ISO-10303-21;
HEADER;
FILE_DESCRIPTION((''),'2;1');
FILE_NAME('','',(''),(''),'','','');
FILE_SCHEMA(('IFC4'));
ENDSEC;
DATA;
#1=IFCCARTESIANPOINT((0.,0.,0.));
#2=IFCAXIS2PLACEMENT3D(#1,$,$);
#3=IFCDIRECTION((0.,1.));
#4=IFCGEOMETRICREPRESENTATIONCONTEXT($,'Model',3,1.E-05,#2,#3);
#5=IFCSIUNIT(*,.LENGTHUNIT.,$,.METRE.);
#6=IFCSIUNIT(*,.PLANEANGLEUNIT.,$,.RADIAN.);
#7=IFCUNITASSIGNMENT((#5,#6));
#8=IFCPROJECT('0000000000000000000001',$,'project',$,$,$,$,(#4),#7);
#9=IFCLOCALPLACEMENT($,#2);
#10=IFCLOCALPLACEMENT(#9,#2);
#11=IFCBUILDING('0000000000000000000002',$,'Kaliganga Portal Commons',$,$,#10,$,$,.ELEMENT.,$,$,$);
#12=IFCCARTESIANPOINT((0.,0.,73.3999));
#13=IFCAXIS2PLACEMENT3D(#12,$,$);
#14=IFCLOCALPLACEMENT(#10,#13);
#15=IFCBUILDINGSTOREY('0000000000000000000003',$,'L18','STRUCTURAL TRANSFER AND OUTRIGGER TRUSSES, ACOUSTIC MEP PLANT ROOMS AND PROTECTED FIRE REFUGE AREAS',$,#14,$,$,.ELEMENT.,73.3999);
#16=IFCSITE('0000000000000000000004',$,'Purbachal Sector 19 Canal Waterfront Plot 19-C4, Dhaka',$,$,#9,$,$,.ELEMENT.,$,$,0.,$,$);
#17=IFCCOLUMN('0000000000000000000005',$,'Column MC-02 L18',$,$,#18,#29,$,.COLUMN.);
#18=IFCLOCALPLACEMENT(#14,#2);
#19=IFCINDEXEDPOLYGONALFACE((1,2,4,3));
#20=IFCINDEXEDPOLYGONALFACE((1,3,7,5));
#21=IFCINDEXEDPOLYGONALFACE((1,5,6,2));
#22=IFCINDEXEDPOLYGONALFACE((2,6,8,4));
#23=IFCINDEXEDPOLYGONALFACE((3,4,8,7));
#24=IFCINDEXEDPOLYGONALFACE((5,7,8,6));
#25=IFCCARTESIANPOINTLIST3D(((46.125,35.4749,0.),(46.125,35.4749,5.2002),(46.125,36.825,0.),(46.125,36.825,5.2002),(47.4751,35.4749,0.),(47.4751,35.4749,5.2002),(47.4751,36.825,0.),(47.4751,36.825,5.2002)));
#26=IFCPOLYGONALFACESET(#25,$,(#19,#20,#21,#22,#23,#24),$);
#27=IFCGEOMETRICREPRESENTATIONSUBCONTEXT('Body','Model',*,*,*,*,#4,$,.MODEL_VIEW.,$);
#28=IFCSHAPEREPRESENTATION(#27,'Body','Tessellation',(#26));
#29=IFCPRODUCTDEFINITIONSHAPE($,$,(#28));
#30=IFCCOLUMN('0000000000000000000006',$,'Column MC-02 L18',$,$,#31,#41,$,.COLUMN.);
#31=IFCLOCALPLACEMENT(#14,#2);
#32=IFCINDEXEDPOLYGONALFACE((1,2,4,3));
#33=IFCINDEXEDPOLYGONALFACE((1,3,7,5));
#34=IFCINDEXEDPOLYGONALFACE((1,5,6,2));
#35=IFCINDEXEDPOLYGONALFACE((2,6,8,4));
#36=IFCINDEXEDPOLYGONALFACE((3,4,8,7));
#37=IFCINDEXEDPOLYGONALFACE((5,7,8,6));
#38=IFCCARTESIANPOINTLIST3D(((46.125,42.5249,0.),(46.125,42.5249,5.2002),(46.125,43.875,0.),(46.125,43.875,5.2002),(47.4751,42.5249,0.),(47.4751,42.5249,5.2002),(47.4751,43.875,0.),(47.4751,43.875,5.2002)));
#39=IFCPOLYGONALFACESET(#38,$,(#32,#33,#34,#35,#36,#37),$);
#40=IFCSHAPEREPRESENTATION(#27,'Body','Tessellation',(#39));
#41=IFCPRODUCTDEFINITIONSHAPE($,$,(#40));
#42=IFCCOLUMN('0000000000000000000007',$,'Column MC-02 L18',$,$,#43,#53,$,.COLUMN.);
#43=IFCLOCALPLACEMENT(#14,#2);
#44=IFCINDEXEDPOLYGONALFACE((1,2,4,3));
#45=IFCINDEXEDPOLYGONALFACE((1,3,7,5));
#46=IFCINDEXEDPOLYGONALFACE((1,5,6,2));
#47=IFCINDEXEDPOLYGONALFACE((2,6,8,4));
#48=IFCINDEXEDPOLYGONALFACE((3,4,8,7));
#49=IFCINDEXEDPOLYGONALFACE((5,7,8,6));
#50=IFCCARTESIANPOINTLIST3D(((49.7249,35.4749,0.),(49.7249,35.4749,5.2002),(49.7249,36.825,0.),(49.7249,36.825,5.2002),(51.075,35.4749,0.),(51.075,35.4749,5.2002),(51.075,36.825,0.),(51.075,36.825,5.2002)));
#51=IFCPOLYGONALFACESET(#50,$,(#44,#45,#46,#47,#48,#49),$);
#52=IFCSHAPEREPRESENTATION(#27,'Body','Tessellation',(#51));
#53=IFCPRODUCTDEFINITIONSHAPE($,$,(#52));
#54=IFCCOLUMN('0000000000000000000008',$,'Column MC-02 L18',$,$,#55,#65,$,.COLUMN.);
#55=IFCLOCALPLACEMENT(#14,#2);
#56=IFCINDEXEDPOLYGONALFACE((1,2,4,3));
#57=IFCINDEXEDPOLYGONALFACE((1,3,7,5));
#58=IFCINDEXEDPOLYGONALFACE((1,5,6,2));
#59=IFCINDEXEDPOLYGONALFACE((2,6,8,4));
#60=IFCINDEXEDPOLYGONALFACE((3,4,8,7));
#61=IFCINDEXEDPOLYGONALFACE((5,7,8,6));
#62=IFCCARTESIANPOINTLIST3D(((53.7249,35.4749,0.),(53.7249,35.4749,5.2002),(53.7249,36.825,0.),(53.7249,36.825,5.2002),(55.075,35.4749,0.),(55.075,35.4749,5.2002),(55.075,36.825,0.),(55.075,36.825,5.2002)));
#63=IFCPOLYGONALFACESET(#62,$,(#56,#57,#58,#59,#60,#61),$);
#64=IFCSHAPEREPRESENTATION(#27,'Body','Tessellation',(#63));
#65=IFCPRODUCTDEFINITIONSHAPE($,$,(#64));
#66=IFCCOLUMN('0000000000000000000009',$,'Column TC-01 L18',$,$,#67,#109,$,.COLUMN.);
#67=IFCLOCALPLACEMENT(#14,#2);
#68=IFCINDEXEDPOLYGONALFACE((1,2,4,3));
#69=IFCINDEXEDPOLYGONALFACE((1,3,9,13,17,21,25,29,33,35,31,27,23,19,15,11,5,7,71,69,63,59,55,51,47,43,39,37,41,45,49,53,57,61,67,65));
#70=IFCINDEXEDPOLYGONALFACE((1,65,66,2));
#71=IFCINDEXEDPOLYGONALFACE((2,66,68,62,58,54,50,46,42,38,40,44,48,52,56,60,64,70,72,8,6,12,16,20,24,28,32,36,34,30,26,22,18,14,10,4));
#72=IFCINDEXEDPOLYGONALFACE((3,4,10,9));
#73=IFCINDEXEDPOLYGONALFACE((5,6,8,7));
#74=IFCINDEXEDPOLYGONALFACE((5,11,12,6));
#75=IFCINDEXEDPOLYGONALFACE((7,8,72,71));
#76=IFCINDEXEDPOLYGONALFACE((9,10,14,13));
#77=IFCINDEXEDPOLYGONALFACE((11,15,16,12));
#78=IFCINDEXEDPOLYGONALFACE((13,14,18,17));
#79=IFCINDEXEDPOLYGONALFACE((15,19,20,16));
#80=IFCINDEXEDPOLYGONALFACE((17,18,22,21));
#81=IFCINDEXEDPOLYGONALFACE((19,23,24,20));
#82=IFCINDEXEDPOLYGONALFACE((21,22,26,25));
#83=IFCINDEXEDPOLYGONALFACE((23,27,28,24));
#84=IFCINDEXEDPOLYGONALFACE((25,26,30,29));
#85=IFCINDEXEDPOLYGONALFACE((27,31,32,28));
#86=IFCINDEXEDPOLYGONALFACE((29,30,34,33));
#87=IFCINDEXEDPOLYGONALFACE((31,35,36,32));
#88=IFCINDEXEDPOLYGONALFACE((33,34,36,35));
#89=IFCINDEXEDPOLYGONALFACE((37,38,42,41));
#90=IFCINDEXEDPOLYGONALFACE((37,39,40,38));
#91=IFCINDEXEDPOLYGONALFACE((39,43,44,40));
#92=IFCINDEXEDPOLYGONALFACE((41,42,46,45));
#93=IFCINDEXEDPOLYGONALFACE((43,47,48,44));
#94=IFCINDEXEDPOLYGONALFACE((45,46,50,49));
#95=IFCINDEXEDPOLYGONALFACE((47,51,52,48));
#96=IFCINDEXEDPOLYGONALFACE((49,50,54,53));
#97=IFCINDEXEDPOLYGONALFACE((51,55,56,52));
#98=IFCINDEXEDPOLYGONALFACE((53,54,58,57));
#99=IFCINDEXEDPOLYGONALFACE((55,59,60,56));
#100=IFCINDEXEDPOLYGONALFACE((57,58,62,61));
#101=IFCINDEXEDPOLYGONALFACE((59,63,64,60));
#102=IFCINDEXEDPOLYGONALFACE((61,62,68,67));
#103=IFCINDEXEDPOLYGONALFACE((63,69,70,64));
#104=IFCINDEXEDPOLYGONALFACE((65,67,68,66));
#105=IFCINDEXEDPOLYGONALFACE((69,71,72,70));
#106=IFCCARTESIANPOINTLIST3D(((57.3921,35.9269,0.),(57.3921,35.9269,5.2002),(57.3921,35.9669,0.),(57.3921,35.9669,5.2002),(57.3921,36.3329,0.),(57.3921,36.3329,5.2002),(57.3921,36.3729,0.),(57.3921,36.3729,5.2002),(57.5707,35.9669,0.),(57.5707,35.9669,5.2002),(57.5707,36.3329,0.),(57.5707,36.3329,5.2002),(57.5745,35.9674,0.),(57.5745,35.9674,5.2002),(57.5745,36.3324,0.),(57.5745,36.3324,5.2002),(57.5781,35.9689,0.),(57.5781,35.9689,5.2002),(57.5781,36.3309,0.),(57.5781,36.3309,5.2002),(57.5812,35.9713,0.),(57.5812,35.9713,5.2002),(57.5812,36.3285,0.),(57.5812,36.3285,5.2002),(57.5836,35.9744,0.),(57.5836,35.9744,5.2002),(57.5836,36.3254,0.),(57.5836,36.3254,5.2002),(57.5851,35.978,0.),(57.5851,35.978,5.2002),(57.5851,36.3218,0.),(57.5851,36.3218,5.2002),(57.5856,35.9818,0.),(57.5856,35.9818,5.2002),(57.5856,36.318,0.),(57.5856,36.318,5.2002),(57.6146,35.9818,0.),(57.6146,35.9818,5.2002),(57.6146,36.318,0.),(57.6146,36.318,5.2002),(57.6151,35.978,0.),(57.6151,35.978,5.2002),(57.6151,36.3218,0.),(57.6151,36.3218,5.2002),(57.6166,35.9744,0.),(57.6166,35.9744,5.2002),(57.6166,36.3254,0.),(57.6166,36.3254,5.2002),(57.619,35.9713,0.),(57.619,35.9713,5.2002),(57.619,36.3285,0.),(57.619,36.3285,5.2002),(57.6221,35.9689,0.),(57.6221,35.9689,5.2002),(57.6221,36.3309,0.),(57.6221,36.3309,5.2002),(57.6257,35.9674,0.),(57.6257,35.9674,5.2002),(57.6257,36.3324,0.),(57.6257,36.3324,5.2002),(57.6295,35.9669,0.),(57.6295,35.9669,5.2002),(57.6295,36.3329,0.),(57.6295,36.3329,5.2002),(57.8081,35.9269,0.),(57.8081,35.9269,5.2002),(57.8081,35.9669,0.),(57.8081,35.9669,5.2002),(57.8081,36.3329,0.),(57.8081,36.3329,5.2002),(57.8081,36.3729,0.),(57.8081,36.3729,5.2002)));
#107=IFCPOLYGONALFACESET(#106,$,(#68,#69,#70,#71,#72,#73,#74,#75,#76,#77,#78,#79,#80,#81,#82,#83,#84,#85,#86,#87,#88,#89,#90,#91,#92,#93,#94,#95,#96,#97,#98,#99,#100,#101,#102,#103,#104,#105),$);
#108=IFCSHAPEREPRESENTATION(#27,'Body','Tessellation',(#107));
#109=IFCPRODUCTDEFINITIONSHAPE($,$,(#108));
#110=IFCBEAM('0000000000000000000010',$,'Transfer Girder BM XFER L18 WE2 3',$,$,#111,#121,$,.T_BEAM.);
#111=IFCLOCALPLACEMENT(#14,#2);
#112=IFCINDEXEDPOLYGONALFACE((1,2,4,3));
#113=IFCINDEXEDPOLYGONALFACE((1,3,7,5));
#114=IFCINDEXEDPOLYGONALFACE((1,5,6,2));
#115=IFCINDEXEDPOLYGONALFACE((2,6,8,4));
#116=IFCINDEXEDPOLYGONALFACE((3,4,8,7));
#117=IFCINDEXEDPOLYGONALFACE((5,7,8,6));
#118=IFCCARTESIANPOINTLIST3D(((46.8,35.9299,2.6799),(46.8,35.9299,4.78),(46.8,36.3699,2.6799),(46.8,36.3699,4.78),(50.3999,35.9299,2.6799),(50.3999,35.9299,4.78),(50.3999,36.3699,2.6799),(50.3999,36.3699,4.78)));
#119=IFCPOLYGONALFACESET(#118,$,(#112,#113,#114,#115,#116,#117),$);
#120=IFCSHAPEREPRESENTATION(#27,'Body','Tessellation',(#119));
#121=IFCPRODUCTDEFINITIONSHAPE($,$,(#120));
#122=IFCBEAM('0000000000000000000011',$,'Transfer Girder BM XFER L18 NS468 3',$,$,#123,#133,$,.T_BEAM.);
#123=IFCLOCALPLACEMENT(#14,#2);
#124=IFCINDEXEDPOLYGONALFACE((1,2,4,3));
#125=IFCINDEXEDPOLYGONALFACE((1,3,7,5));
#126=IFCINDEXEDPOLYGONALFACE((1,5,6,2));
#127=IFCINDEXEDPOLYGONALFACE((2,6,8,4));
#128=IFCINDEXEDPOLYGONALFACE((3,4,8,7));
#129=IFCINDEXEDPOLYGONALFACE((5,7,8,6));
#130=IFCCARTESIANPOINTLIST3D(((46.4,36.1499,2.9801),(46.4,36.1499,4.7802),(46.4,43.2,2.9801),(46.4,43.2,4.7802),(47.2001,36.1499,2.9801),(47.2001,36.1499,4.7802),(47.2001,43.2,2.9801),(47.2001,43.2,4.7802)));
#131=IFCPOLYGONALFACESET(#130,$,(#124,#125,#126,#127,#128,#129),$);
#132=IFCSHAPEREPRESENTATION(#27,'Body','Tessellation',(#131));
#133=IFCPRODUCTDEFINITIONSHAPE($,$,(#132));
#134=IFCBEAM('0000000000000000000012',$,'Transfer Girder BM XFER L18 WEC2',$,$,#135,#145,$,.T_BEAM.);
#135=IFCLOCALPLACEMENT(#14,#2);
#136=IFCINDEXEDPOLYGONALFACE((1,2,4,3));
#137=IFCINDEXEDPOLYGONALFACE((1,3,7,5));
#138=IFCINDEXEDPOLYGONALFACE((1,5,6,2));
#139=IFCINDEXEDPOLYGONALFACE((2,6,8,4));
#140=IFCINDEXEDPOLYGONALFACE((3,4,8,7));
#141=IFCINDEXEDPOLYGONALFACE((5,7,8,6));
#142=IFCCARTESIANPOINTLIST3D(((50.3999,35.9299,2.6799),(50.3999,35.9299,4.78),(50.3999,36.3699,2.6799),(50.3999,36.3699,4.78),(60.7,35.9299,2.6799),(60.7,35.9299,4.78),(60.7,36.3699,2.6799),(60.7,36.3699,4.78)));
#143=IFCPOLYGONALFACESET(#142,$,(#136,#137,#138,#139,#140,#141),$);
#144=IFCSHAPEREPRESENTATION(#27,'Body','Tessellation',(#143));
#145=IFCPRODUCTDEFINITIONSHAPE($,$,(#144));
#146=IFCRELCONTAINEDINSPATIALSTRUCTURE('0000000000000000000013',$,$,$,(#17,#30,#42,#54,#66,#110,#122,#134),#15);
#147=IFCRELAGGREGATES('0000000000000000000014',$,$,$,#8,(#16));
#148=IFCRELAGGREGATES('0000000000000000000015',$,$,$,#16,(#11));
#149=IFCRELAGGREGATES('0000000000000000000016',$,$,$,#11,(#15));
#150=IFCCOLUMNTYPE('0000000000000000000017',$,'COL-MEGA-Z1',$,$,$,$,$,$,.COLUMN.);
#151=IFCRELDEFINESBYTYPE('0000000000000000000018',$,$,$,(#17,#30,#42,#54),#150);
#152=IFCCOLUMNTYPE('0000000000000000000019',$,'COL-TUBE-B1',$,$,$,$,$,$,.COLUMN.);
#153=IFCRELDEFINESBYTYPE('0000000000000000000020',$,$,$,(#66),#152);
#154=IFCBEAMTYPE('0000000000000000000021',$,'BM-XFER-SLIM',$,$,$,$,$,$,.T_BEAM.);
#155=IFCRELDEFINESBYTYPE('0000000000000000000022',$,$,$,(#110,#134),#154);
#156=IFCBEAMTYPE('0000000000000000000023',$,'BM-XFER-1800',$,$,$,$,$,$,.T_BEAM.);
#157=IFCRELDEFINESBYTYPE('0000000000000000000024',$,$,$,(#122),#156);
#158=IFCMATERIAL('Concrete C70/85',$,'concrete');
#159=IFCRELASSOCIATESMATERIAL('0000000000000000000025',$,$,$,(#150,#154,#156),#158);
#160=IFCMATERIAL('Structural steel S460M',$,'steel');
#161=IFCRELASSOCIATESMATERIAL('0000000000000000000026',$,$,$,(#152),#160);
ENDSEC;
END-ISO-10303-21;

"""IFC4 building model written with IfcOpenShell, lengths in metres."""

from ifc_helpers import new_model, si_unit, direction, frame, origin, origin_2d, place, context, subcontext, project, spatial, rectangle, i_section, extrude, source, transform, mapped, material, material_profile, profile_set, type_object, element, save


model = new_model("IFC4")

# Units and contexts
model_context = context("Model", 3, precision=1e-05, world=origin(), true_north=direction((0.0, 1.0)))
body_context = subcontext(model_context, "Body", "Model", "MODEL_VIEW")
ifc_project = project(units=[si_unit("LENGTHUNIT", "METRE"), si_unit("PLANEANGLEUNIT", "RADIAN")], contexts=[model_context])

# Site, building, storey
site_placement = place(None, origin())
site = spatial("IfcSite", under=ifc_project, at=site_placement, Name="Purbachal Sector 19 Canal Waterfront Plot 19-C4, Dhaka", CompositionType="ELEMENT", RefElevation=0.0)
building_placement = place(site_placement, origin())
building = spatial("IfcBuilding", under=site, at=building_placement, Name="Kaliganga Portal Commons", CompositionType="ELEMENT")
storey_placement = place(building_placement, frame((0.0, 0.0, 73.3999)))
storey = spatial("IfcBuildingStorey", under=building, at=storey_placement, Name="L18", Description="STRUCTURAL TRANSFER AND OUTRIGGER TRUSSES, ACOUSTIC MEP PLANT ROOMS AND PROTECTED FIRE REFUGE AREAS", CompositionType="ELEMENT", Elevation=73.3999)

# Columns
ifc_material_1 = material(Name="Concrete C70/85", Category="concrete")
ifc_material_profile_1 = material_profile(ifc_material_1, rectangle(XDim=1.3501, YDim=1.3501, at=origin_2d()), Name="RC 1350x1350")
ifc_profile_set_1 = profile_set([ifc_material_profile_1], Name="Concrete C70/85")
column_type_1 = type_object("IfcColumnType", Name="COL-MEGA-Z1", PredefinedType="COLUMN", material=ifc_profile_set_1)
shared_shape_1 = source(origin(), body_context, "Body", "SweptSolid", [
    extrude(rectangle(XDim=1.3501, YDim=1.3501, at=origin_2d()), origin(), (0.0, 0.0, 1.0), 5.2002),
])
for number, where, z_axis, x_axis, name in (
    (1, (46.8, 36.1499, 0.0), (0.0, 0.0, 1.0), (1.0, 0.0, 0.0), "Column MC-02 L18"),
    (2, (46.8, 43.2, 0.0), (0.0, 0.0, 1.0), (1.0, 0.0, 0.0), "Column MC-02 L18"),
    (3, (50.3999, 36.1499, 0.0), (0.0, 0.0, 1.0), (1.0, 0.0, 0.0), "Column MC-02 L18"),
    (4, (54.3999, 36.1499, 0.0), (0.0, 0.0, 1.0), (1.0, 0.0, 0.0), "Column MC-02 L18"),
):
    element("IfcColumn", number, at=place(storey_placement, frame(where, z_axis=z_axis, x_axis=x_axis)), inside=storey, type_object=column_type_1, Name=name, PredefinedType="COLUMN", context=body_context, shape_type="MappedRepresentation", body=[
        mapped(shared_shape_1, transform((0.0, 0.0, 0.0), x_axis=(1.0, 0.0, 0.0), y_axis=(0.0, 1.0, 0.0), z_axis=(0.0, 0.0, 1.0), scale=1.0)),
    ])
ifc_material_2 = material(Name="Structural steel S460M", Category="steel")
ifc_material_profile_2 = material_profile(ifc_material_2, i_section(OverallWidth=0.416, OverallDepth=0.446, WebThickness=0.0291, FlangeThickness=0.04, FilletRadius=0.0149, at=origin_2d()), Name="HD 400x509")
ifc_profile_set_2 = profile_set([ifc_material_profile_2], Name="Structural steel S460M wide-flange")
column_type_2 = type_object("IfcColumnType", Name="COL-TUBE-B1", PredefinedType="COLUMN", material=ifc_profile_set_2)
shared_shape_2 = source(origin(), body_context, "Body", "SweptSolid", [
    extrude(i_section(OverallWidth=0.416, OverallDepth=0.446, WebThickness=0.0291, FlangeThickness=0.04, FilletRadius=0.0149, at=origin_2d()), origin(), (0.0, 0.0, 1.0), 5.2002),
])
column_placement = place(storey_placement, frame((57.6001, 36.1499, 0.0), z_axis=(0.0, 0.0, 1.0), x_axis=(1.0, 0.0, 0.0)))
element("IfcColumn", 5, at=column_placement, inside=storey, type_object=column_type_2, Name="Column TC-01 L18", PredefinedType="COLUMN", context=body_context, shape_type="MappedRepresentation", body=[
    mapped(shared_shape_2, transform((0.0, 0.0, 0.0), x_axis=(1.0, 0.0, 0.0), y_axis=(0.0, 1.0, 0.0), z_axis=(0.0, 0.0, 1.0), scale=1.0)),
])

# Beams
ifc_material_profile_3 = material_profile(ifc_material_1, rectangle(XDim=0.4399, YDim=2.1001, at=origin_2d()), Name="RC 440x2100")
ifc_profile_set_3 = profile_set([ifc_material_profile_3], Name="Concrete C70/85")
beam_type_1 = type_object("IfcBeamType", Name="BM-XFER-SLIM", PredefinedType="T_BEAM", material=ifc_profile_set_3)
shared_shape_3 = source(origin(), body_context, "Body", "SweptSolid", [
    extrude(rectangle(XDim=0.4399, YDim=2.1001, at=origin_2d()), origin(), (0.0, 0.0, 1.0), 3.5999),
])
beam_1_placement = place(storey_placement, frame((46.8, 36.1499, 3.73), z_axis=(1.0, 0.0, 0.0), x_axis=(0.0, 1.0, 0.0)))
element("IfcBeam", 6, at=beam_1_placement, inside=storey, type_object=beam_type_1, Name="Transfer Girder BM XFER L18 WE2 3", PredefinedType="T_BEAM", context=body_context, shape_type="MappedRepresentation", body=[
    mapped(shared_shape_3, transform((0.0, 0.0, 0.0), x_axis=(1.0, 0.0, 0.0), y_axis=(0.0, 1.0, 0.0), z_axis=(0.0, 0.0, 1.0), scale=1.0)),
])
ifc_material_profile_4 = material_profile(ifc_material_1, rectangle(XDim=0.8, YDim=1.8, at=origin_2d()), Name="RC 800x1800")
ifc_profile_set_4 = profile_set([ifc_material_profile_4], Name="Concrete C70/85")
beam_type_2 = type_object("IfcBeamType", Name="BM-XFER-1800", PredefinedType="T_BEAM", material=ifc_profile_set_4)
shared_shape_4 = source(origin(), body_context, "Body", "SweptSolid", [
    extrude(rectangle(XDim=0.8, YDim=1.8, at=origin_2d()), origin(), (0.0, 0.0, 1.0), 7.05),
])
beam_2_placement = place(storey_placement, frame((46.8, 36.1499, 3.8801), z_axis=(0.0, 1.0, 0.0), x_axis=(-1.0, 0.0, 0.0)))
element("IfcBeam", 7, at=beam_2_placement, inside=storey, type_object=beam_type_2, Name="Transfer Girder BM XFER L18 NS468 3", PredefinedType="T_BEAM", context=body_context, shape_type="MappedRepresentation", body=[
    mapped(shared_shape_4, transform((0.0, 0.0, 0.0), x_axis=(1.0, 0.0, 0.0), y_axis=(0.0, 1.0, 0.0), z_axis=(0.0, 0.0, 1.0), scale=1.0)),
])
shared_shape_5 = source(origin(), body_context, "Body", "SweptSolid", [
    extrude(rectangle(XDim=0.4399, YDim=2.1001, at=origin_2d()), origin(), (0.0, 0.0, 1.0), 10.3),
])
beam_3_placement = place(storey_placement, frame((50.3999, 36.1499, 3.73), z_axis=(1.0, 0.0, 0.0), x_axis=(0.0, 1.0, 0.0)))
element("IfcBeam", 8, at=beam_3_placement, inside=storey, type_object=beam_type_1, Name="Transfer Girder BM XFER L18 WEC2", PredefinedType="T_BEAM", context=body_context, shape_type="MappedRepresentation", body=[
    mapped(shared_shape_5, transform((0.0, 0.0, 0.0), x_axis=(1.0, 0.0, 0.0), y_axis=(0.0, 1.0, 0.0), z_axis=(0.0, 0.0, 1.0), scale=1.0)),
])

save(model, "model.ifc")
